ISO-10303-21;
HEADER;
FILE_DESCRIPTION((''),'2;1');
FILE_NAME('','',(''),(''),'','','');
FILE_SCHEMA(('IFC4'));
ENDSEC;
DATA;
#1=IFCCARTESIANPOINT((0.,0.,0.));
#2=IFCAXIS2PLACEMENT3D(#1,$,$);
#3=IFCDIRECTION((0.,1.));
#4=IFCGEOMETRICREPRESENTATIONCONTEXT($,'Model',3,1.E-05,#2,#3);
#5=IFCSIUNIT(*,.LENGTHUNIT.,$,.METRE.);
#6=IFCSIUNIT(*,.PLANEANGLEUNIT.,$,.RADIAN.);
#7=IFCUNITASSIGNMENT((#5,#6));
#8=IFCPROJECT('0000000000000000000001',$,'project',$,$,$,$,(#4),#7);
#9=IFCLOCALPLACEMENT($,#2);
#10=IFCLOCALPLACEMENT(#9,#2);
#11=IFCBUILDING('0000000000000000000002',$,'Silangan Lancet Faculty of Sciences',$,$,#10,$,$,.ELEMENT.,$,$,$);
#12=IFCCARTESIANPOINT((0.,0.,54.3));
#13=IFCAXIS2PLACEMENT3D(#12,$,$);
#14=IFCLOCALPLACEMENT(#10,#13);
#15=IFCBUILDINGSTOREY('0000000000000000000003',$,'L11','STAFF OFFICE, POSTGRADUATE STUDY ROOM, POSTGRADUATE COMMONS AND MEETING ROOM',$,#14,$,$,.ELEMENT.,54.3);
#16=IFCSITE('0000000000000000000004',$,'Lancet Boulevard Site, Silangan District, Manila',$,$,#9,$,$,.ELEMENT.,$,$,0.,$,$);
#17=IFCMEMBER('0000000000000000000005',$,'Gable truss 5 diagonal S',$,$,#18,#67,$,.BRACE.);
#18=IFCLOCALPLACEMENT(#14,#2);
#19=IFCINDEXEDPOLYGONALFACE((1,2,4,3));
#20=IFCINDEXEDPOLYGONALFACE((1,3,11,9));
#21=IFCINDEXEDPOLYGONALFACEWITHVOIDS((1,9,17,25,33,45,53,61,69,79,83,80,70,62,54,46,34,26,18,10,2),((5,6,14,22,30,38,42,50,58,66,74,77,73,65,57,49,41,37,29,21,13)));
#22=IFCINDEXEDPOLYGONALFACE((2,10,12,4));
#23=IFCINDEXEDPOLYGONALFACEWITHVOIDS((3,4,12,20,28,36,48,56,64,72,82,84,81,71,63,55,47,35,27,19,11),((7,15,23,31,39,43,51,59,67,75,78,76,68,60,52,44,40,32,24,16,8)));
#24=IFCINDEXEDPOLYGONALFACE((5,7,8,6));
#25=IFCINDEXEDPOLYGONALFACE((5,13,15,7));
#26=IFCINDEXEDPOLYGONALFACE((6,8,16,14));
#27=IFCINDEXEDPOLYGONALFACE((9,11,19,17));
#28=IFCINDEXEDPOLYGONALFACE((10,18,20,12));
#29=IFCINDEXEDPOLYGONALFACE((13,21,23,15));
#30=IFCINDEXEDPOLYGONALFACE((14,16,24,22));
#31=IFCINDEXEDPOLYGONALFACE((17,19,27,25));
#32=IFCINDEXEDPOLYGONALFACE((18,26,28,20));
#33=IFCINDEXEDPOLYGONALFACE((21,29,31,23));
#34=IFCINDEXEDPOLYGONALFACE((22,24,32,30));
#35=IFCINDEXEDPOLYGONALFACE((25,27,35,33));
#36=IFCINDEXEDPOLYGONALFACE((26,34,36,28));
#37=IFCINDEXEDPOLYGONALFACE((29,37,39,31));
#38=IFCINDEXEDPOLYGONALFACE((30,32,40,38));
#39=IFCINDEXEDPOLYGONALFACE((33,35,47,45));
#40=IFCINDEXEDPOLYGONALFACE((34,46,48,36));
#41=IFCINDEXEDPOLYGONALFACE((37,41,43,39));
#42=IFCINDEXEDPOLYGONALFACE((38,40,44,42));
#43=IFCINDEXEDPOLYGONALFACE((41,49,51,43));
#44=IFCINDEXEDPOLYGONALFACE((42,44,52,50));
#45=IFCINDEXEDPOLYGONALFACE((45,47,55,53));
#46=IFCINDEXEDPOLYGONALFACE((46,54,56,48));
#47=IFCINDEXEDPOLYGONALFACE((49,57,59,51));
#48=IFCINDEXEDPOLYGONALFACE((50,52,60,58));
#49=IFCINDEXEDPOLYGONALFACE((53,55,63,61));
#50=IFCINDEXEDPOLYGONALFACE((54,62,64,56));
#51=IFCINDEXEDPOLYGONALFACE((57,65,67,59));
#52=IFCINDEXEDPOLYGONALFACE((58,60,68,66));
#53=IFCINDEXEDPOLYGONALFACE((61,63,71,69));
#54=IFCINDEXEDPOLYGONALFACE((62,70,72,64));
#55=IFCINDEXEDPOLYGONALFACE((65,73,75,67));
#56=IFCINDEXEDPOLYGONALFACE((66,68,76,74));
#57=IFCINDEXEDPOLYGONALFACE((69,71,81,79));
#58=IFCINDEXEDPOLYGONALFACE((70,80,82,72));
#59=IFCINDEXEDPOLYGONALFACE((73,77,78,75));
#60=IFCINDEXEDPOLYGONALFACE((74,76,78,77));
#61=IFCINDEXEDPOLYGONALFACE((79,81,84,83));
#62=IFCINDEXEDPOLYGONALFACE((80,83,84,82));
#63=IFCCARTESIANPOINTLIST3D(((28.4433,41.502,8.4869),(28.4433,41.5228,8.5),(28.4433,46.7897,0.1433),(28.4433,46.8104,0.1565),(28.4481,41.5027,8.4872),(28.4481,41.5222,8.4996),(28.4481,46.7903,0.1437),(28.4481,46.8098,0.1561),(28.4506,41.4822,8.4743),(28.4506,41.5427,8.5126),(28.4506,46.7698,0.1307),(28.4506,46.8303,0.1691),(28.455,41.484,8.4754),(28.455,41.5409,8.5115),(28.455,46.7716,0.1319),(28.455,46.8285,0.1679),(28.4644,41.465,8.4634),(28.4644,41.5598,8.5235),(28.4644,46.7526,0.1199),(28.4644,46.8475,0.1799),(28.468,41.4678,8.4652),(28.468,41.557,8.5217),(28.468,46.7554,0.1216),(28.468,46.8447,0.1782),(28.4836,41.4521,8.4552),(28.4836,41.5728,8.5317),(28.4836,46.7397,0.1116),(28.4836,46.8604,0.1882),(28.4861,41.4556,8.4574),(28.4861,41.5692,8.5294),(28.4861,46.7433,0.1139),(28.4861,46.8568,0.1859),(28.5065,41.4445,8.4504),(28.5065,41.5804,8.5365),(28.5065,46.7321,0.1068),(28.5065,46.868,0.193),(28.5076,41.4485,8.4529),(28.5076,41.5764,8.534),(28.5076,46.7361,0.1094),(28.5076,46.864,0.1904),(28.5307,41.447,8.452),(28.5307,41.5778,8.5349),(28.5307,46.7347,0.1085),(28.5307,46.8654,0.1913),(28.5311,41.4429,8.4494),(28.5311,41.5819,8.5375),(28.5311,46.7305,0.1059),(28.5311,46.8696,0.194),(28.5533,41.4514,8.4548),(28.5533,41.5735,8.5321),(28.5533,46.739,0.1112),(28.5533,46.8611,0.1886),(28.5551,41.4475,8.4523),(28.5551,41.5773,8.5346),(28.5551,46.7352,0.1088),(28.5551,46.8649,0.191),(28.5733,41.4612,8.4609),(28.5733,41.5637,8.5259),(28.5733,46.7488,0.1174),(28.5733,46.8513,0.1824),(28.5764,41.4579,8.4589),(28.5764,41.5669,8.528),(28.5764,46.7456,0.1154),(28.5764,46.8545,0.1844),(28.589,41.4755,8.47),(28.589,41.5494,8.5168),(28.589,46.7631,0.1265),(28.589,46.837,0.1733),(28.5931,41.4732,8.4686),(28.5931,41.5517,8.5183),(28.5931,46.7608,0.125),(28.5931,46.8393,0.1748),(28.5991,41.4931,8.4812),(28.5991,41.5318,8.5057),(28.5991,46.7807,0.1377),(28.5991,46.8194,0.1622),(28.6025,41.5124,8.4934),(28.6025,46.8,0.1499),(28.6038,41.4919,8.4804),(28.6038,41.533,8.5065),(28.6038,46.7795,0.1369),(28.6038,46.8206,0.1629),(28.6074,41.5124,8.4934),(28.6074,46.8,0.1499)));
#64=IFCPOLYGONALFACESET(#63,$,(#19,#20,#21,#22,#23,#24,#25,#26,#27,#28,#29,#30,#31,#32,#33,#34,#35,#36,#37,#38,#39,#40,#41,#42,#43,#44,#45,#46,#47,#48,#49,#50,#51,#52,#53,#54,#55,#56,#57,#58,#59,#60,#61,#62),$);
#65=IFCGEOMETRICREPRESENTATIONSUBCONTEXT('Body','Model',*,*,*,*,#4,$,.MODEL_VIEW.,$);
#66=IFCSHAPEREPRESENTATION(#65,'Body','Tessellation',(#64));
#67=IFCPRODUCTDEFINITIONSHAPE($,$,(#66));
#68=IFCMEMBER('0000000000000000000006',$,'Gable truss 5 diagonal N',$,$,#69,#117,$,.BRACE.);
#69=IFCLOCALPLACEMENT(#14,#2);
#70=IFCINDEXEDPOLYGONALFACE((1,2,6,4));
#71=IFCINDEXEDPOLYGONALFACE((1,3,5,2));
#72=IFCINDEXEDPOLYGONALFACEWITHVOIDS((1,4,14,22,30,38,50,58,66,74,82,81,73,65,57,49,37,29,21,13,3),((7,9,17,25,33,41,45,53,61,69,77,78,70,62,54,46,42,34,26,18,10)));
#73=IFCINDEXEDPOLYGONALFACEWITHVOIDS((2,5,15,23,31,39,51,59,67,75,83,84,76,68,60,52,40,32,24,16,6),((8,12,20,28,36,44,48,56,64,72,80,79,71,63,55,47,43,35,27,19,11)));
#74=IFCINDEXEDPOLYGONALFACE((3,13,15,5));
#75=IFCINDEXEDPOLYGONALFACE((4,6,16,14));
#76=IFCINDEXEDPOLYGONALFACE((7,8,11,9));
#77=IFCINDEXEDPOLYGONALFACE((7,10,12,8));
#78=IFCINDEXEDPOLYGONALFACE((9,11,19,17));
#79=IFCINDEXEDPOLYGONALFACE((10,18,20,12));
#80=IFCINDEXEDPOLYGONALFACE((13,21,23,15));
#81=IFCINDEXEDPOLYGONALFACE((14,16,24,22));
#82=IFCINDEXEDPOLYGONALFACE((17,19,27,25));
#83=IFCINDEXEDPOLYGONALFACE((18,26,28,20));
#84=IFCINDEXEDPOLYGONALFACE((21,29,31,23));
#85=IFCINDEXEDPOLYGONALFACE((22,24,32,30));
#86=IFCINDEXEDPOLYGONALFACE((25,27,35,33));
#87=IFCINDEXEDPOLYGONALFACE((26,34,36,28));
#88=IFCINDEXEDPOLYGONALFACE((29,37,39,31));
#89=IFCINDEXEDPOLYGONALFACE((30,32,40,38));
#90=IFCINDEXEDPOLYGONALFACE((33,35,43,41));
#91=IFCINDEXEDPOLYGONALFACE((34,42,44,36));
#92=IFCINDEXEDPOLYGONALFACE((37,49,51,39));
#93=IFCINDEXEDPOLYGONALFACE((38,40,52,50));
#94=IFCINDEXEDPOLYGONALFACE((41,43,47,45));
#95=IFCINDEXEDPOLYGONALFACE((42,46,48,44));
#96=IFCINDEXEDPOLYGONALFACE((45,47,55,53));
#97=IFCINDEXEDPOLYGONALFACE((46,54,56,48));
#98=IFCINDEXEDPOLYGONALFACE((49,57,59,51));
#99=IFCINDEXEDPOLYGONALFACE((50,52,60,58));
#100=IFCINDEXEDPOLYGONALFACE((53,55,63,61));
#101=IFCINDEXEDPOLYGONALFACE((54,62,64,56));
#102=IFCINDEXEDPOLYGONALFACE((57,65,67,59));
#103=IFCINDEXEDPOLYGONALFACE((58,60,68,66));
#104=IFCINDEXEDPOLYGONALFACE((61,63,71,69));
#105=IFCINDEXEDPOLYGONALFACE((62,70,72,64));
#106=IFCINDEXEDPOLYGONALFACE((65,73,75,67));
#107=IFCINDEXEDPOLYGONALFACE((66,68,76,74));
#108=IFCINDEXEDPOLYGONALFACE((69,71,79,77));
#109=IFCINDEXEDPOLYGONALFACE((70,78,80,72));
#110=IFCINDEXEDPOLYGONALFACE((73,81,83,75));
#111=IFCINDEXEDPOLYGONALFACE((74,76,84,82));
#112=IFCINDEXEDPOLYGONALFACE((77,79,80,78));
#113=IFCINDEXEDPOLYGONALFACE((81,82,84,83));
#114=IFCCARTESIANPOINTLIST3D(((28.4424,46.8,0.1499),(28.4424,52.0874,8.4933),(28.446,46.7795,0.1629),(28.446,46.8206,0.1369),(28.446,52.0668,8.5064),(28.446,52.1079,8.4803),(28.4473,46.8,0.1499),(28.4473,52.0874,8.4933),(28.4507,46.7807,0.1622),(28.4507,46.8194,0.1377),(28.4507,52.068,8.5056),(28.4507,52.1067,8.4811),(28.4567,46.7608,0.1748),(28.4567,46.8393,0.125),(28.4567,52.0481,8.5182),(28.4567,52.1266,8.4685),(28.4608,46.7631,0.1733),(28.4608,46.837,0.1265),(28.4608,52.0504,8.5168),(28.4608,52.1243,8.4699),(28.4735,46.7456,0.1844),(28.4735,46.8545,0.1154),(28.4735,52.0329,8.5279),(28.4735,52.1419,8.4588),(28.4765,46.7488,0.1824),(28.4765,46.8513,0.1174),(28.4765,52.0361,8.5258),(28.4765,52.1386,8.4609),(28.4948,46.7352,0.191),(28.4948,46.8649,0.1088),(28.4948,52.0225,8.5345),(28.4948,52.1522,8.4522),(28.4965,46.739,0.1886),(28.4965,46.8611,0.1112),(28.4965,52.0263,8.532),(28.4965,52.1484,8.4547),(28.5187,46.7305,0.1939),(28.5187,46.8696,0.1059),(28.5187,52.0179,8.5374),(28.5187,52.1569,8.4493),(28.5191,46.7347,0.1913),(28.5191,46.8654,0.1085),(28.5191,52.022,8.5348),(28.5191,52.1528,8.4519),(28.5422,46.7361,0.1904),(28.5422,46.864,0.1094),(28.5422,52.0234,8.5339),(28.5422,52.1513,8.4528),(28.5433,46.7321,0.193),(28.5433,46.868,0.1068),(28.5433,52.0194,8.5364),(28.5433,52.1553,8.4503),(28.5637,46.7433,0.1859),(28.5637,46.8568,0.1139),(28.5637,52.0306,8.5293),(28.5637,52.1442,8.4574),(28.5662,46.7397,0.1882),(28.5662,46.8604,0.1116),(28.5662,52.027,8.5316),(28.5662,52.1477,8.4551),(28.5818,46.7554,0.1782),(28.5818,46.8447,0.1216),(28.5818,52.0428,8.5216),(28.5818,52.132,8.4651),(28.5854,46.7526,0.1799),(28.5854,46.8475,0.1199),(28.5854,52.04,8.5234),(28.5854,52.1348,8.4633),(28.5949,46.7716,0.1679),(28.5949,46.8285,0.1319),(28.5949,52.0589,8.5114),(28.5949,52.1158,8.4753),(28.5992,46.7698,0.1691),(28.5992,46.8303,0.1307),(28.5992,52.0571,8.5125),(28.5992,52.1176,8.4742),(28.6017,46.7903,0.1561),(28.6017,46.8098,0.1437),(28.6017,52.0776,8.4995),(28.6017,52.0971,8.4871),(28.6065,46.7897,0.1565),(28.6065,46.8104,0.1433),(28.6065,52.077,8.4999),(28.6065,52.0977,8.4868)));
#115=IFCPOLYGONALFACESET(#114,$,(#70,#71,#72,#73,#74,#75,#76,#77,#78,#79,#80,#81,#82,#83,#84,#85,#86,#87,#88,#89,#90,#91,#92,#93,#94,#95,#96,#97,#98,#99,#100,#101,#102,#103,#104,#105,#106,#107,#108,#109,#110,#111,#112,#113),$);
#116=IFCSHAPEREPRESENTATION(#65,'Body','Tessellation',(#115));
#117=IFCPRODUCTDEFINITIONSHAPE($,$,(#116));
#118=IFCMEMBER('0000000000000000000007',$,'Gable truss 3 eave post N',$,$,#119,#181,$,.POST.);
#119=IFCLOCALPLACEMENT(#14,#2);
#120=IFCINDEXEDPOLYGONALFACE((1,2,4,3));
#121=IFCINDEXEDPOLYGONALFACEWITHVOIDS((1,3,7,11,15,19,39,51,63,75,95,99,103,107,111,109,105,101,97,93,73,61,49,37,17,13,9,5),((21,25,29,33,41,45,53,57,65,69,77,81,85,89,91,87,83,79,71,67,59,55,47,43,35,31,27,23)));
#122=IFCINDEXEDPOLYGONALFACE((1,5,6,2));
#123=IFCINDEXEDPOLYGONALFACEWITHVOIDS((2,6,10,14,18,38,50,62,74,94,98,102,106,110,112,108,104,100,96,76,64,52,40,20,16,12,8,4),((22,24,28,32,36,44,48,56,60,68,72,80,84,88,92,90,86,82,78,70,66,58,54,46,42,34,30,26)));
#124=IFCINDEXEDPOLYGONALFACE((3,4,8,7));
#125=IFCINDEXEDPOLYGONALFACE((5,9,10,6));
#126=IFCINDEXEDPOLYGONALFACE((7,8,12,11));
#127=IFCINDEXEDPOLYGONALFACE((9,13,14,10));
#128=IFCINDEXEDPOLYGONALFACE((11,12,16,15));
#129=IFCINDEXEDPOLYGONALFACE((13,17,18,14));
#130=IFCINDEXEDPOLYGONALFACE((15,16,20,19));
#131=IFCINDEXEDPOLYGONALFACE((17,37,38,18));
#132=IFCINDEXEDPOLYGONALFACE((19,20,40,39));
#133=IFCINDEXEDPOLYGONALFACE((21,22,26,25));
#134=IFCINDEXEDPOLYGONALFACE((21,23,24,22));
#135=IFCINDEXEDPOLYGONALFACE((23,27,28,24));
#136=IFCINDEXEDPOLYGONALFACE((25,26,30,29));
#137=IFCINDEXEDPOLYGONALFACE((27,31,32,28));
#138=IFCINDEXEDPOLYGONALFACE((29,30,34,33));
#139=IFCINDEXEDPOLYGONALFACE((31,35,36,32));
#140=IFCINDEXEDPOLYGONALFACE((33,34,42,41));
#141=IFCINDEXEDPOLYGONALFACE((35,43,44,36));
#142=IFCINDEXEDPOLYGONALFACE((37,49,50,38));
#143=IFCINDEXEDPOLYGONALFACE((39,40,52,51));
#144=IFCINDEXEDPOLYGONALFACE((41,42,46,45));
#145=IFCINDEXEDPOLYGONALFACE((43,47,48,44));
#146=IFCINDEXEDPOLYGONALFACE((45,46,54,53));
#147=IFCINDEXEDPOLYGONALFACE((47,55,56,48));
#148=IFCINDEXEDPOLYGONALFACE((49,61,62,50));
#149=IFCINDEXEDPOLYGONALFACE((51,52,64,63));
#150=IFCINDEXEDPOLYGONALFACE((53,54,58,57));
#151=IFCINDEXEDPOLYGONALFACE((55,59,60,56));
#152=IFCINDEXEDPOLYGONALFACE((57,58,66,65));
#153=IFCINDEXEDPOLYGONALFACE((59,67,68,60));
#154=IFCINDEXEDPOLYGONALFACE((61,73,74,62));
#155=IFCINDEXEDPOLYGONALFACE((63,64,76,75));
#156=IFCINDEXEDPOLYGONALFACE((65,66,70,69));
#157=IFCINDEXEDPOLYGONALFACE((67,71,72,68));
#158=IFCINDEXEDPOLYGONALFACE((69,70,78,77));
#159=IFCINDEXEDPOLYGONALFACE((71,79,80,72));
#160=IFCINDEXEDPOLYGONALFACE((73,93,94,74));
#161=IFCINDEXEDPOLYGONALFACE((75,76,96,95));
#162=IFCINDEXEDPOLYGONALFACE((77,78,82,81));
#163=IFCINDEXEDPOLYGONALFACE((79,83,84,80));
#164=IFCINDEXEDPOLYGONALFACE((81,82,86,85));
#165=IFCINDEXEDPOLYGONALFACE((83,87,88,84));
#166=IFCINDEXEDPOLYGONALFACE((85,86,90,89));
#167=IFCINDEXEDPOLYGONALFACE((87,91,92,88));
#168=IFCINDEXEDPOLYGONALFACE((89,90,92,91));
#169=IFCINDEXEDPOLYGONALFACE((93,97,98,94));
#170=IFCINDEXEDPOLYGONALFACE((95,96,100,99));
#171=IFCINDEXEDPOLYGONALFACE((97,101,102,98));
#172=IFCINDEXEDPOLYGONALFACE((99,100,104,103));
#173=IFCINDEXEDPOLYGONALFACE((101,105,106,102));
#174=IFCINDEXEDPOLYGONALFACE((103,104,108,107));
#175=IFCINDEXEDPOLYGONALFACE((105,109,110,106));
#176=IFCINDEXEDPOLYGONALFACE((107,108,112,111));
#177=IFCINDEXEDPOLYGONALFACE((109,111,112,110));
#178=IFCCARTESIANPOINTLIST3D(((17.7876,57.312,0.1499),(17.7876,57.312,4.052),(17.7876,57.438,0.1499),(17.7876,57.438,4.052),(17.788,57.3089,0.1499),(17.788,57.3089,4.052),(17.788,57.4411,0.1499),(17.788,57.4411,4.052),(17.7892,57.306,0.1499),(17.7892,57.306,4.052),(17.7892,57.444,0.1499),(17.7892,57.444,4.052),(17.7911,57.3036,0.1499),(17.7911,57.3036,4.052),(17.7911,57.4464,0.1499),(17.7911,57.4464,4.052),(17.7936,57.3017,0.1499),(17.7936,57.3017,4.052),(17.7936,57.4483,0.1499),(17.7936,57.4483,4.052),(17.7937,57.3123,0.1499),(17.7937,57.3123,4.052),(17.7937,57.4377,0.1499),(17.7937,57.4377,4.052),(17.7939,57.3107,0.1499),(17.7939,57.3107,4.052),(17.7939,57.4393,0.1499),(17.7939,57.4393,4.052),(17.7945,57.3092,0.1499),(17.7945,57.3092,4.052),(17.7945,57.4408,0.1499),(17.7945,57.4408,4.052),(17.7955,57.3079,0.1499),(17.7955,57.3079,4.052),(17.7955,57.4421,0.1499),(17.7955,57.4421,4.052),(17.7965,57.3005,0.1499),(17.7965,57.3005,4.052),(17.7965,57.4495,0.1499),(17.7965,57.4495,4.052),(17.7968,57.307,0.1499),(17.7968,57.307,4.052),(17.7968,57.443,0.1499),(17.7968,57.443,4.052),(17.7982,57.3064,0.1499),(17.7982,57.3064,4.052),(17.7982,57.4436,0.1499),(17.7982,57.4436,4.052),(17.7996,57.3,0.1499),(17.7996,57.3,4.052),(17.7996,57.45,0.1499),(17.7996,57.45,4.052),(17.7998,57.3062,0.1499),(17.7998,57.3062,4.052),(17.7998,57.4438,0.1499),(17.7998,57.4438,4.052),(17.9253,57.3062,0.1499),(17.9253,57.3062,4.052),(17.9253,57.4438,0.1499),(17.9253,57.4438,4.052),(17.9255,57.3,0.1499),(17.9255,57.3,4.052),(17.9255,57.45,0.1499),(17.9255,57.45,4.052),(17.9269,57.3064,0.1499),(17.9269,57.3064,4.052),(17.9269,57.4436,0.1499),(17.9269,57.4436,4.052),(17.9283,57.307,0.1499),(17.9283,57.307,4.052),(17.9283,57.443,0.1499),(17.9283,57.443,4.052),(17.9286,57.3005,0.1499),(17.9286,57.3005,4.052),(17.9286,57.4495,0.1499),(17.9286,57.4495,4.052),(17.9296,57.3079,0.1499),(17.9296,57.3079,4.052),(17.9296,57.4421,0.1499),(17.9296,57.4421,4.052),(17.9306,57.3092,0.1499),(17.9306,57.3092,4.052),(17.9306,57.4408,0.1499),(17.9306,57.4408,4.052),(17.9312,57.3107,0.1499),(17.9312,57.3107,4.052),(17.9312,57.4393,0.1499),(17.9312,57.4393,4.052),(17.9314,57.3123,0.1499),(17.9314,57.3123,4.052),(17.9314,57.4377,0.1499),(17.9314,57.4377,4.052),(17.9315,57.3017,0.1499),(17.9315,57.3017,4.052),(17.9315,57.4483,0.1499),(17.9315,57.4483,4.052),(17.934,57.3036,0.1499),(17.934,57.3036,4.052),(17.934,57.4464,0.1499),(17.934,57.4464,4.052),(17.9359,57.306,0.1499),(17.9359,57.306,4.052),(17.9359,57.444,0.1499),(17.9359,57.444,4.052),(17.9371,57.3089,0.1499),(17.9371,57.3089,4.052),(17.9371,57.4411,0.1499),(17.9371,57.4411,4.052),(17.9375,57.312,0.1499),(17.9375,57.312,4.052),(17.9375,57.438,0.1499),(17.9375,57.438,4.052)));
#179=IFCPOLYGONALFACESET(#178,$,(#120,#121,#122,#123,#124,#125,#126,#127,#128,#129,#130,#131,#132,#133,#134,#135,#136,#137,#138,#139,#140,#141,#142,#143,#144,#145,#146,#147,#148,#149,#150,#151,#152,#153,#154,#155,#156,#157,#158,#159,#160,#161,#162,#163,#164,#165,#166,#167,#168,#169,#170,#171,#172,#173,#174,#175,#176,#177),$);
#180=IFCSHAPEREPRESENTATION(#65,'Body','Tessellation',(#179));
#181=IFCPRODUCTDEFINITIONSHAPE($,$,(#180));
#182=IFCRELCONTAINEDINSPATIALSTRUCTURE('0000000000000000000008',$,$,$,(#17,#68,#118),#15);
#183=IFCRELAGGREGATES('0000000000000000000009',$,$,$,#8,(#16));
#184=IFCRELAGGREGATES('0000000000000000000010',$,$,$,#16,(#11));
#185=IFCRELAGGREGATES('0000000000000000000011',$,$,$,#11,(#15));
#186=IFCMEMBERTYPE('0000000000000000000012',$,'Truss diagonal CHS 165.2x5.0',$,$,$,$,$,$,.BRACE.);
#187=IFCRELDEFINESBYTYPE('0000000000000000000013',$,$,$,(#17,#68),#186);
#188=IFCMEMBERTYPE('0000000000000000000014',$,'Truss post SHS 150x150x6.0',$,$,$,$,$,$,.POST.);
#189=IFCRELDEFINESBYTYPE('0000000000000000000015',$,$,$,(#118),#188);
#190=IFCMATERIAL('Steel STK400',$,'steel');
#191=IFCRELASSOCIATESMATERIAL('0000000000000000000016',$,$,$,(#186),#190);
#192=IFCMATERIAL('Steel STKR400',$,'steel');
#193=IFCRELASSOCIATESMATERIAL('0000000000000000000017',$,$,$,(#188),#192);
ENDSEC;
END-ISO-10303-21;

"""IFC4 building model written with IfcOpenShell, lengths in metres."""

from ifc_helpers import new_model, si_unit, direction, frame, origin, origin_2d, place, context, subcontext, project, spatial, hollow_rectangle, hollow_circle, extrude, material, material_profile, profile_set, type_object, element, save


model = new_model("IFC4")

# Units and contexts
model_context = context("Model", 3, precision=1e-05, world=origin(), true_north=direction((0.0, 1.0)))
body_context = subcontext(model_context, "Body", "Model", "MODEL_VIEW")
ifc_project = project(units=[si_unit("LENGTHUNIT", "METRE"), si_unit("PLANEANGLEUNIT", "RADIAN")], contexts=[model_context])

# Site, building, storey
site_placement = place(None, origin())
site = spatial("IfcSite", under=ifc_project, at=site_placement, Name="Lancet Boulevard Site, Silangan District, Manila", CompositionType="ELEMENT", RefElevation=0.0)
building_placement = place(site_placement, origin())
building = spatial("IfcBuilding", under=site, at=building_placement, Name="Silangan Lancet Faculty of Sciences", CompositionType="ELEMENT")
storey_placement = place(building_placement, frame((0.0, 0.0, 54.3)))
storey = spatial("IfcBuildingStorey", under=building, at=storey_placement, Name="L11", Description="STAFF OFFICE, POSTGRADUATE STUDY ROOM, POSTGRADUATE COMMONS AND MEETING ROOM", CompositionType="ELEMENT", Elevation=54.3)

# Members
ifc_material_1 = material(Name="Steel STK400", Category="steel")
ifc_material_profile_1 = material_profile(ifc_material_1, hollow_circle(Radius=0.0825, WallThickness=0.0049, at=origin_2d()), Name="CHS 165.2x5.0")
ifc_profile_set_1 = profile_set([ifc_material_profile_1], Name="Steel STK400")
member_type_1 = type_object("IfcMemberType", Name="Truss diagonal CHS 165.2x5.0", PredefinedType="BRACE", material=ifc_profile_set_1)
member_1_placement = place(storey_placement, frame((28.5249, 46.8, 0.1499), z_axis=(0.0, -0.535296, 0.844664), x_axis=(1.0, 0.0, 0.0)))
element("IfcMember", 1, at=member_1_placement, inside=storey, type_object=member_type_1, Name="Gable truss 5 diagonal S", PredefinedType="BRACE", context=body_context, shape_type="SweptSolid", body=[
    extrude(hollow_circle(Radius=0.0825, WallThickness=0.0049, at=origin_2d()), origin(), (0.0, 0.0, 1.0), 9.8779),
])
member_2_placement = place(storey_placement, frame((28.5249, 46.8, 0.1499), z_axis=(0.0, 0.535278, 0.844676), x_axis=(-1.0, 0.0, 0.0)))
element("IfcMember", 2, at=member_2_placement, inside=storey, type_object=member_type_1, Name="Gable truss 5 diagonal N", PredefinedType="BRACE", context=body_context, shape_type="SweptSolid", body=[
    extrude(hollow_circle(Radius=0.0825, WallThickness=0.0049, at=origin_2d()), origin(), (0.0, 0.0, 1.0), 9.8777),
])
ifc_material_2 = material(Name="Steel STKR400", Category="steel")
ifc_material_profile_2 = material_profile(ifc_material_2, hollow_rectangle(XDim=0.1499, YDim=0.1499, WallThickness=0.0061, InnerFilletRadius=0.0061, OuterFilletRadius=0.012, at=origin_2d()), Name="SHS 150x150x6.0")
ifc_profile_set_2 = profile_set([ifc_material_profile_2], Name="Steel STKR400")
member_type_2 = type_object("IfcMemberType", Name="Truss post SHS 150x150x6.0", PredefinedType="POST", material=ifc_profile_set_2)
member_3_placement = place(storey_placement, frame((17.8625, 57.375, 0.1499), z_axis=(0.0, 0.0, 1.0), x_axis=(1.0, 0.0, 0.0)))
element("IfcMember", 3, at=member_3_placement, inside=storey, type_object=member_type_2, Name="Gable truss 3 eave post N", PredefinedType="POST", context=body_context, shape_type="SweptSolid", body=[
    extrude(hollow_rectangle(XDim=0.1499, YDim=0.1499, WallThickness=0.0061, InnerFilletRadius=0.0061, OuterFilletRadius=0.012, at=origin_2d()), origin(), (0.0, 0.0, 1.0), 3.9021),
])

save(model, "model.ifc")
